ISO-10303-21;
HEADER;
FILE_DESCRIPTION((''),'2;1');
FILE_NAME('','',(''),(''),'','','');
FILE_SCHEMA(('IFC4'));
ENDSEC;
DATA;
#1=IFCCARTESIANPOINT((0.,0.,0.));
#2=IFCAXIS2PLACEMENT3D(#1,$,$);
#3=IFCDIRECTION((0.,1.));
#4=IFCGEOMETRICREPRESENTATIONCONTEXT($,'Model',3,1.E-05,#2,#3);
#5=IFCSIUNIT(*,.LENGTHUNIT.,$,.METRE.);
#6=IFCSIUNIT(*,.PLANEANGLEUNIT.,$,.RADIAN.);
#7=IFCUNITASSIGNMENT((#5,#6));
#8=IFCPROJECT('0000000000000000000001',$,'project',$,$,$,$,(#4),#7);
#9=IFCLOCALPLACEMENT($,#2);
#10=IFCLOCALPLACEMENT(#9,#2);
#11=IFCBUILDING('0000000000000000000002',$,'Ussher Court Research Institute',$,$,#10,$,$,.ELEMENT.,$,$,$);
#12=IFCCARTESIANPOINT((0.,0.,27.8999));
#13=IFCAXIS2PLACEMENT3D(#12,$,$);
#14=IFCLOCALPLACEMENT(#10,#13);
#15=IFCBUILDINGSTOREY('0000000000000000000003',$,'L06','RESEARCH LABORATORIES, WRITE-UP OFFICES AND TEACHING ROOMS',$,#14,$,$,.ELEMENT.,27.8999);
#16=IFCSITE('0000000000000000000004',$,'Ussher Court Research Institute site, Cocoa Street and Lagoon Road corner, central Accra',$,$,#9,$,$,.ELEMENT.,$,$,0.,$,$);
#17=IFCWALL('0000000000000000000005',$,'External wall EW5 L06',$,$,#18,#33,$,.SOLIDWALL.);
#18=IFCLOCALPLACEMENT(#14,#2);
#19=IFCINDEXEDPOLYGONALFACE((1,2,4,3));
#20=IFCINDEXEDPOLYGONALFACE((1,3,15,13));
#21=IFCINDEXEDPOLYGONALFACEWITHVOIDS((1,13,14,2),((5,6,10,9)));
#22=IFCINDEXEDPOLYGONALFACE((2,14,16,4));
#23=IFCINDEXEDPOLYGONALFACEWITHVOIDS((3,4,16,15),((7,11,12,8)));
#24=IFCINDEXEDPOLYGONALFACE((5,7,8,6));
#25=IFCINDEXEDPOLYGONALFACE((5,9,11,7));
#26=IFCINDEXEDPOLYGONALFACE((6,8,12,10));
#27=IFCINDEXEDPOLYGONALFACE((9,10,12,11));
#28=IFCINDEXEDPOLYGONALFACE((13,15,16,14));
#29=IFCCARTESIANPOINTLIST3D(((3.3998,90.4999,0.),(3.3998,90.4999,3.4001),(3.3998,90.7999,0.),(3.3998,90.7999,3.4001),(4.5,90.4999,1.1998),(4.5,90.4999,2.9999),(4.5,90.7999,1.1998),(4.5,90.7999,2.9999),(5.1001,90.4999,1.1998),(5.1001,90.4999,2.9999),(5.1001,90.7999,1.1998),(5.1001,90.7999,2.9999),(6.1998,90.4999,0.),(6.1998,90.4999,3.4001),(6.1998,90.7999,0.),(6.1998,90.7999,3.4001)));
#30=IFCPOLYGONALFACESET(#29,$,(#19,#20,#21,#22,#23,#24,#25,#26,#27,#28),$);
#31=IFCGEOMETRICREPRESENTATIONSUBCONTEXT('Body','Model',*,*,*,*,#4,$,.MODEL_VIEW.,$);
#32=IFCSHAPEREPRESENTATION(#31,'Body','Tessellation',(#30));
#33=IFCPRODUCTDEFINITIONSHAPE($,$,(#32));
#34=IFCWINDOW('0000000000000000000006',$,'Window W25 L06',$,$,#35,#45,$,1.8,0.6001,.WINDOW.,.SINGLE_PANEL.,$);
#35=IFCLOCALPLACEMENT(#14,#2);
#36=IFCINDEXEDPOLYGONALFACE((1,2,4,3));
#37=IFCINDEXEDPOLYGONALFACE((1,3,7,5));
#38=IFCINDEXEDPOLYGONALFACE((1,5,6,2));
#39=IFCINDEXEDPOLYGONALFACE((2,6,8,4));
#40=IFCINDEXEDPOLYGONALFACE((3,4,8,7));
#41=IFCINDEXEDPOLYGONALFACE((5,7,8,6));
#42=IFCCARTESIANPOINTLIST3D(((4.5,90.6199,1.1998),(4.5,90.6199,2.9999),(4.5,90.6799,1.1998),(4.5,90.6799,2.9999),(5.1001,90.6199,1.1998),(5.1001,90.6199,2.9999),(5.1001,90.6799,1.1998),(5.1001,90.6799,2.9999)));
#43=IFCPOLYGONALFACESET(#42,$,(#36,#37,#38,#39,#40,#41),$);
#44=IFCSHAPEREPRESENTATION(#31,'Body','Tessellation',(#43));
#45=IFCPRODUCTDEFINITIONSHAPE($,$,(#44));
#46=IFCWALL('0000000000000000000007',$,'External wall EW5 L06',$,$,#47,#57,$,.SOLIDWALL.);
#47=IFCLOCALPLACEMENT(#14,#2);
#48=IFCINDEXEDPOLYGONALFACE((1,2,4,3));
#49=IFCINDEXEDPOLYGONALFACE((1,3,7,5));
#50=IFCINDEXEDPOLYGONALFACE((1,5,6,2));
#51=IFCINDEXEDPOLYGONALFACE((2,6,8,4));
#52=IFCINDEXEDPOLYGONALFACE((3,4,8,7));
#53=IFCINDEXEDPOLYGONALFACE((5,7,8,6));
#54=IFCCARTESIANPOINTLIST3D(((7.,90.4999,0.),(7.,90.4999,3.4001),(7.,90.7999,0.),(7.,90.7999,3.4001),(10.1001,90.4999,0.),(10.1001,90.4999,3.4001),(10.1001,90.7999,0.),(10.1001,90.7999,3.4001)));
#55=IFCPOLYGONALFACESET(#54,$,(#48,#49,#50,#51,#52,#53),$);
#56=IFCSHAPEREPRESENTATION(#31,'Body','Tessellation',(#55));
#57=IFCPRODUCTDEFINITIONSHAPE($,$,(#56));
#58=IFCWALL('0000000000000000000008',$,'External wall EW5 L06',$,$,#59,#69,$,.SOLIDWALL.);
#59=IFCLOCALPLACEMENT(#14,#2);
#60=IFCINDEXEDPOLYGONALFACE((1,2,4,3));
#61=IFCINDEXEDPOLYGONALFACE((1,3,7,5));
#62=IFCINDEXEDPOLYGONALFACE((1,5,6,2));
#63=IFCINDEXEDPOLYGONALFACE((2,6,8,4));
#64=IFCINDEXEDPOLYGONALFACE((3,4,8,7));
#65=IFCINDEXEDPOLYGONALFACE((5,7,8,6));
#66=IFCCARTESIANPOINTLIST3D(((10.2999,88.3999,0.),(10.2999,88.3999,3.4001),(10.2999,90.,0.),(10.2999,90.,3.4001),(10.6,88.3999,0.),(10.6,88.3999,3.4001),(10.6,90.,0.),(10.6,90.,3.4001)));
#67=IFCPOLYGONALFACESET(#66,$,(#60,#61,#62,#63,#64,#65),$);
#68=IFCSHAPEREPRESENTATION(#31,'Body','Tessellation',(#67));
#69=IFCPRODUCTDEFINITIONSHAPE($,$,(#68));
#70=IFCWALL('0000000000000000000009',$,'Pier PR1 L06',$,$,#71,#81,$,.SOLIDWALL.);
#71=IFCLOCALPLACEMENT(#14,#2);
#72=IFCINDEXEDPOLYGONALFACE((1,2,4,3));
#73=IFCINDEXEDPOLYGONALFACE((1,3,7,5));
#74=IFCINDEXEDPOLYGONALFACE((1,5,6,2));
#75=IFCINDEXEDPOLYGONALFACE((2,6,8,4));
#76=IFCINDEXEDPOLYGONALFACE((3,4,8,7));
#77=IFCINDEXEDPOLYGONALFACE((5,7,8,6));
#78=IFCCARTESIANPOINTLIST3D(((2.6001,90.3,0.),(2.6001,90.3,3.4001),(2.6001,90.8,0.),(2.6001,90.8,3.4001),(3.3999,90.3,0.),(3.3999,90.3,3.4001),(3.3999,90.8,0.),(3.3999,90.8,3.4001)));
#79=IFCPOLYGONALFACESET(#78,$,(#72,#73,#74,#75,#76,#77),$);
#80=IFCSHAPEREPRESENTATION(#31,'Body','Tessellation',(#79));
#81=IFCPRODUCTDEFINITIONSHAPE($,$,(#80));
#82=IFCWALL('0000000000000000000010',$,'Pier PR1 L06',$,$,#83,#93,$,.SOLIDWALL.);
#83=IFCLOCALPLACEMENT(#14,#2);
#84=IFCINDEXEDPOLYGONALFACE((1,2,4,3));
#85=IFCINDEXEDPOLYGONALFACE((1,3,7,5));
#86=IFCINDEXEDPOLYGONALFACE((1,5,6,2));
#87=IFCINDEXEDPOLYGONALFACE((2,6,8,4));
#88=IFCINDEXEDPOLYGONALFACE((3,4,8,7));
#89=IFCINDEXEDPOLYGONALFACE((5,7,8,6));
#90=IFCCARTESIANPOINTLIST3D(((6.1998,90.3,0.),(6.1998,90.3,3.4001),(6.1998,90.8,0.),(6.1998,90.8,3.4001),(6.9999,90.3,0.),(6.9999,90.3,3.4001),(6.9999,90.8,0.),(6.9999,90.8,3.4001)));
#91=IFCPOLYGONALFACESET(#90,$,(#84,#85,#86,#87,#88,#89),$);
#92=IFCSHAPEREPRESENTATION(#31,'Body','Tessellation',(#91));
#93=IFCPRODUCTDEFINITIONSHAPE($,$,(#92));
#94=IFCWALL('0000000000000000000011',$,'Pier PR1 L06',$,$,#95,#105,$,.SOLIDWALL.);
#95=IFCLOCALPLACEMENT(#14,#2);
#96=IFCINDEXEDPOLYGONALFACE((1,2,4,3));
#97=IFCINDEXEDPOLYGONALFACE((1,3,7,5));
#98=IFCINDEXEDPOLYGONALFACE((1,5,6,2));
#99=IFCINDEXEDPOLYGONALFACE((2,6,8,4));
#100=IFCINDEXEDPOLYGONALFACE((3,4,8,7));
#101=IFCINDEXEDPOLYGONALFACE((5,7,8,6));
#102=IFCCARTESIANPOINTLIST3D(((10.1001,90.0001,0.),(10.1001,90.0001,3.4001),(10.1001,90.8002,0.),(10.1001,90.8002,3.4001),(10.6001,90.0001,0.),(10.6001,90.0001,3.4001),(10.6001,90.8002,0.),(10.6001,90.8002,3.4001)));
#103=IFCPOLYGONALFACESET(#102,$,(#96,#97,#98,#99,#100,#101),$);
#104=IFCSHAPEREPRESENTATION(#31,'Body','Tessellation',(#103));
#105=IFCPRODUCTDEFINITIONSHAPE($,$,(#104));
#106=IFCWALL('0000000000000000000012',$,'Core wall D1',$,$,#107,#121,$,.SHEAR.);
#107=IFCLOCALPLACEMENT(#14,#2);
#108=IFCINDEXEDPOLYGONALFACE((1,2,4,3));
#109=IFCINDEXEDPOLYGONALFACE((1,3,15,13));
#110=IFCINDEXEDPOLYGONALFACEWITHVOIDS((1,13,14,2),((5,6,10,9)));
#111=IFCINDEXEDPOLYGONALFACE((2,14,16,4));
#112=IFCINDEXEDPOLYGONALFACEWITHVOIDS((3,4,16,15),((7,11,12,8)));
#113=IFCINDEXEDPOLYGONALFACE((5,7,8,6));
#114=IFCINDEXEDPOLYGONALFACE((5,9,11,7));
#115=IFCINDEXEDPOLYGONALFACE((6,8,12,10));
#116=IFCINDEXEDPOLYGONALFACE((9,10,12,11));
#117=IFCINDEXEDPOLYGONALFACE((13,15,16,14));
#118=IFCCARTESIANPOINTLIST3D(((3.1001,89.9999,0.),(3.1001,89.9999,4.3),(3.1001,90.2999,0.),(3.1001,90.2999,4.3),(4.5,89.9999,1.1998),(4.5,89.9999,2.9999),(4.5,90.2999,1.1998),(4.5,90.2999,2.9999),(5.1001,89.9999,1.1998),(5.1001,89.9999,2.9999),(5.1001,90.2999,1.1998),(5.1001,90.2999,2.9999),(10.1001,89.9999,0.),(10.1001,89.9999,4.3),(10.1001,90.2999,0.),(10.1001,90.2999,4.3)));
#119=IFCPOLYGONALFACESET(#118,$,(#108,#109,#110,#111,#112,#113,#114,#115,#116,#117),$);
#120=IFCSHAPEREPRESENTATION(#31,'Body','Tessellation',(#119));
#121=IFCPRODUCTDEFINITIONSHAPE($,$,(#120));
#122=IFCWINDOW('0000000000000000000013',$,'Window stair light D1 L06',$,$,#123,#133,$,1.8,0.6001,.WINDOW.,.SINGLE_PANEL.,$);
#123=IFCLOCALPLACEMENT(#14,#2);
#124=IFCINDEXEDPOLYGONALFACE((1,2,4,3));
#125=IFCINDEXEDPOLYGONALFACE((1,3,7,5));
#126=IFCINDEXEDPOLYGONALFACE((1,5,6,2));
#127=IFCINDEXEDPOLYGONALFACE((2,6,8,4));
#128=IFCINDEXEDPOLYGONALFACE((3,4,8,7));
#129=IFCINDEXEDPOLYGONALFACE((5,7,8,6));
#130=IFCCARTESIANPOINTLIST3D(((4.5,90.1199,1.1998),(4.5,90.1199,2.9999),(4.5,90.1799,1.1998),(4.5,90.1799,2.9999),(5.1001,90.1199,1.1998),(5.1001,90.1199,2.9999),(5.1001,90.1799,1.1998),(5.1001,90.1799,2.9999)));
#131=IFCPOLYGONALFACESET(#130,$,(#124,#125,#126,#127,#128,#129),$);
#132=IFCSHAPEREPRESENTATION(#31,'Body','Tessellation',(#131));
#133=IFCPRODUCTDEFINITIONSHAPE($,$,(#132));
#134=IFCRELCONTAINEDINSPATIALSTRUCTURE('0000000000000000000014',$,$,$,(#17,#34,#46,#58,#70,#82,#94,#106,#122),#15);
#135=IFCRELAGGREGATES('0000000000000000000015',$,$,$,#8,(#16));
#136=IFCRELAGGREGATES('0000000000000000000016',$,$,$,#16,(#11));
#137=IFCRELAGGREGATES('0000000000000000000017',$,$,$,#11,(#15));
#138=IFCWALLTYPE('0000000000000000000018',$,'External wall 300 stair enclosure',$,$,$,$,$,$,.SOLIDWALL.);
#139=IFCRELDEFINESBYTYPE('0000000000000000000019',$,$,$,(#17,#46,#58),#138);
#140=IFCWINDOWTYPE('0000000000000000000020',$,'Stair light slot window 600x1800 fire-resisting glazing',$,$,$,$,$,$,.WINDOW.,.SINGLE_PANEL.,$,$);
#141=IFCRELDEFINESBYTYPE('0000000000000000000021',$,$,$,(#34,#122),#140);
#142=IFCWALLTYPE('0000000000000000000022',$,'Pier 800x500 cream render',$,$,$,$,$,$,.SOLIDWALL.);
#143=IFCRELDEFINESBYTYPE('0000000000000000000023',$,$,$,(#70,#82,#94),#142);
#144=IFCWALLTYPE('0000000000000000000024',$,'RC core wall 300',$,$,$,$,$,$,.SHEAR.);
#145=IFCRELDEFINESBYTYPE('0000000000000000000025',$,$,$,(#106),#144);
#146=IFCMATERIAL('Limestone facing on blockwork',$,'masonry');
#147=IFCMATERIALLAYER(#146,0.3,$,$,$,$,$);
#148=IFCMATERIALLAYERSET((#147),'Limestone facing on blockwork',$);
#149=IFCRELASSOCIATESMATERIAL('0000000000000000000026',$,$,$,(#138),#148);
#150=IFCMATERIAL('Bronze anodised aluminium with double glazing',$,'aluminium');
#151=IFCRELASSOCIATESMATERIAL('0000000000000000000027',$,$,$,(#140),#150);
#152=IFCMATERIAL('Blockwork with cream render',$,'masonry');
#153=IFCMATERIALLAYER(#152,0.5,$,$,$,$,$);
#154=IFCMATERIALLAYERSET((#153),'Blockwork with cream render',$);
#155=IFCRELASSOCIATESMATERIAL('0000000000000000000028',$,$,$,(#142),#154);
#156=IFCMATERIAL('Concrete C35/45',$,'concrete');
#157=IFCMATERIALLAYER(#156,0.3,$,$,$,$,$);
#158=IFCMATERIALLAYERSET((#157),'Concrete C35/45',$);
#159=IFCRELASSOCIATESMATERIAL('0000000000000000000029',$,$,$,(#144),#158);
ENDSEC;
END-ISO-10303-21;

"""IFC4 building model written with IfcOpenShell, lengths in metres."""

from ifc_helpers import new_model, si_unit, direction, frame, frame_2d, origin, place, context, subcontext, project, spatial, rectangle, extrude, material, layer, layer_set, type_object, element, fill, save


model = new_model("IFC4")

# Units and contexts
model_context = context("Model", 3, precision=1e-05, world=origin(), true_north=direction((0.0, 1.0)))
body_context = subcontext(model_context, "Body", "Model", "MODEL_VIEW")
ifc_project = project(units=[si_unit("LENGTHUNIT", "METRE"), si_unit("PLANEANGLEUNIT", "RADIAN")], contexts=[model_context])

# Site, building, storey
site_placement = place(None, origin())
site = spatial("IfcSite", under=ifc_project, at=site_placement, Name="Ussher Court Research Institute site, Cocoa Street and Lagoon Road corner, central Accra", CompositionType="ELEMENT", RefElevation=0.0)
building_placement = place(site_placement, origin())
building = spatial("IfcBuilding", under=site, at=building_placement, Name="Ussher Court Research Institute", CompositionType="ELEMENT")
storey_placement = place(building_placement, frame((0.0, 0.0, 27.8999)))
storey = spatial("IfcBuildingStorey", under=building, at=storey_placement, Name="L06", Description="RESEARCH LABORATORIES, WRITE-UP OFFICES AND TEACHING ROOMS", CompositionType="ELEMENT", Elevation=27.8999)

# Wall, opening, window
ifc_material_1 = material(Name="Limestone facing on blockwork", Category="masonry")
ifc_layer_1 = layer(ifc_material_1, 0.3)
ifc_layer_set_1 = layer_set([ifc_layer_1], Name="Limestone facing on blockwork")
wall_type_1 = type_object("IfcWallType", Name="External wall 300 stair enclosure", PredefinedType="SOLIDWALL", material=ifc_layer_set_1)
wall_1_placement = place(storey_placement, frame((3.3999, 90.6499, 0.0), z_axis=(0.0, 0.0, 1.0), x_axis=(1.0, 0.0, 0.0)))
wall_1 = element("IfcWall", 1, at=wall_1_placement, inside=storey, type_object=wall_type_1, Name="External wall EW5 L06", PredefinedType="SOLIDWALL", context=body_context, shape_type="SweptSolid", body=[
    extrude(rectangle(XDim=2.8, YDim=0.3, at=frame_2d((1.3999, 0.0))), origin(), (0.0, 0.0, 1.0), 3.4001),
])
opening_1_placement = place(wall_1_placement, frame((1.1001, 0.0, 1.2)))
opening_1 = element("IfcOpeningElement", 2, at=opening_1_placement, cuts=wall_1, PredefinedType="OPENING", context=body_context, shape_type="SweptSolid", body=[
    extrude(rectangle(XDim=0.6001, YDim=1.8, at=frame_2d((0.3, 0.8999))), frame((0.0, 0.1602, 0.0), z_axis=(0.0, -1.0, 0.0), x_axis=(1.0, 0.0, 0.0)), (0.0, 0.0, 1.0), 0.3201),
])
ifc_material_2 = material(Name="Bronze anodised aluminium with double glazing", Category="aluminium")
window_type = type_object("IfcWindowType", Name="Stair light slot window 600x1800 fire-resisting glazing", PartitioningType="SINGLE_PANEL", PredefinedType="WINDOW", material=ifc_material_2)
window_1_placement = place(opening_1_placement, origin())
window_1 = element("IfcWindow", 3, at=window_1_placement, inside=storey, type_object=window_type, Name="Window W25 L06", OverallHeight=1.8, OverallWidth=0.6001, PartitioningType="SINGLE_PANEL", PredefinedType="WINDOW", context=body_context, shape_type="SweptSolid", body=[
    extrude(rectangle(XDim=0.6001, YDim=1.8, at=frame_2d((0.3, 0.8999))), frame((0.0, 0.03, 0.0), z_axis=(0.0, -1.0, 0.0), x_axis=(1.0, 0.0, 0.0)), (0.0, 0.0, 1.0), 0.0601),
])
fill(opening_1, window_1)

# Walls
wall_2_placement = place(storey_placement, frame((7.0, 90.6499, 0.0), z_axis=(0.0, 0.0, 1.0), x_axis=(1.0, 0.0, 0.0)))
element("IfcWall", 4, at=wall_2_placement, inside=storey, type_object=wall_type_1, Name="External wall EW5 L06", PredefinedType="SOLIDWALL", context=body_context, shape_type="SweptSolid", body=[
    extrude(rectangle(XDim=3.1001, YDim=0.3, at=frame_2d((1.55, 0.0))), origin(), (0.0, 0.0, 1.0), 3.4001),
])
wall_3_placement = place(storey_placement, frame((10.45, 90.0, 0.0), z_axis=(0.0, 0.0, 1.0), x_axis=(0.0, -1.0, 0.0)))
element("IfcWall", 5, at=wall_3_placement, inside=storey, type_object=wall_type_1, Name="External wall EW5 L06", PredefinedType="SOLIDWALL", context=body_context, shape_type="SweptSolid", body=[
    extrude(rectangle(XDim=1.6001, YDim=0.3, at=frame_2d((0.8, 0.0))), origin(), (0.0, 0.0, 1.0), 3.4001),
])
ifc_material_3 = material(Name="Blockwork with cream render", Category="masonry")
ifc_layer_2 = layer(ifc_material_3, 0.5)
ifc_layer_set_2 = layer_set([ifc_layer_2], Name="Blockwork with cream render")
wall_type_2 = type_object("IfcWallType", Name="Pier 800x500 cream render", PredefinedType="SOLIDWALL", material=ifc_layer_set_2)
wall_4_placement = place(storey_placement, frame((2.6001, 90.55, 0.0), z_axis=(0.0, 0.0, 1.0), x_axis=(1.0, 0.0, 0.0)))
element("IfcWall", 6, at=wall_4_placement, inside=storey, type_object=wall_type_2, Name="Pier PR1 L06", PredefinedType="SOLIDWALL", context=body_context, shape_type="SweptSolid", body=[
    extrude(rectangle(XDim=0.7998, YDim=0.5, at=frame_2d((0.3999, 0.0))), origin(), (0.0, 0.0, 1.0), 3.4001),
])
for number, where, z_axis, x_axis, name in (
    (7, (6.2, 90.55, 0.0), (0.0, 0.0, 1.0), (1.0, 0.0, 0.0), "Pier PR1 L06"),
    (8, (10.3501, 90.8, 0.0), (0.0, 0.0, 1.0), (0.0, -1.0, 0.0), "Pier PR1 L06"),
):
    element("IfcWall", number, at=place(storey_placement, frame(where, z_axis=z_axis, x_axis=x_axis)), inside=storey, type_object=wall_type_2, Name=name, PredefinedType="SOLIDWALL", context=body_context, shape_type="SweptSolid", body=[
        extrude(rectangle(XDim=0.8, YDim=0.5, at=frame_2d((0.3999, 0.0))), origin(), (0.0, 0.0, 1.0), 3.4001),
    ])

# Wall, opening, window
ifc_material_4 = material(Name="Concrete C35/45", Category="concrete")
ifc_layer_3 = layer(ifc_material_4, 0.3)
ifc_layer_set_3 = layer_set([ifc_layer_3], Name="Concrete C35/45")
wall_type_3 = type_object("IfcWallType", Name="RC core wall 300", PredefinedType="SHEAR", material=ifc_layer_set_3)
wall_5_placement = place(storey_placement, frame((3.1001, 90.1499, 0.0), z_axis=(0.0, 0.0, 1.0), x_axis=(1.0, 0.0, 0.0)))
wall_5 = element("IfcWall", 9, at=wall_5_placement, inside=storey, type_object=wall_type_3, Name="Core wall D1", PredefinedType="SHEAR", context=body_context, shape_type="SweptSolid", body=[
    extrude(rectangle(XDim=7.0, YDim=0.3, at=frame_2d((3.5, 0.0))), origin(), (0.0, 0.0, 1.0), 4.3),
])
opening_2_placement = place(wall_5_placement, frame((1.3999, 0.0, 1.2)))
opening_2 = element("IfcOpeningElement", 10, at=opening_2_placement, cuts=wall_5, PredefinedType="OPENING", context=body_context, shape_type="SweptSolid", body=[
    extrude(rectangle(XDim=0.6001, YDim=1.8, at=frame_2d((0.3, 0.8999))), frame((0.0, 0.1602, 0.0), z_axis=(0.0, -1.0, 0.0), x_axis=(1.0, 0.0, 0.0)), (0.0, 0.0, 1.0), 0.3201),
])
window_2_placement = place(opening_2_placement, origin())
window_2 = element("IfcWindow", 11, at=window_2_placement, inside=storey, type_object=window_type, Name="Window stair light D1 L06", OverallHeight=1.8, OverallWidth=0.6001, PartitioningType="SINGLE_PANEL", PredefinedType="WINDOW", context=body_context, shape_type="SweptSolid", body=[
    extrude(rectangle(XDim=0.6001, YDim=1.8, at=frame_2d((0.3, 0.8999))), frame((0.0, 0.03, 0.0), z_axis=(0.0, -1.0, 0.0), x_axis=(1.0, 0.0, 0.0)), (0.0, 0.0, 1.0), 0.0601),
])
fill(opening_2, window_2)

save(model, "model.ifc")
